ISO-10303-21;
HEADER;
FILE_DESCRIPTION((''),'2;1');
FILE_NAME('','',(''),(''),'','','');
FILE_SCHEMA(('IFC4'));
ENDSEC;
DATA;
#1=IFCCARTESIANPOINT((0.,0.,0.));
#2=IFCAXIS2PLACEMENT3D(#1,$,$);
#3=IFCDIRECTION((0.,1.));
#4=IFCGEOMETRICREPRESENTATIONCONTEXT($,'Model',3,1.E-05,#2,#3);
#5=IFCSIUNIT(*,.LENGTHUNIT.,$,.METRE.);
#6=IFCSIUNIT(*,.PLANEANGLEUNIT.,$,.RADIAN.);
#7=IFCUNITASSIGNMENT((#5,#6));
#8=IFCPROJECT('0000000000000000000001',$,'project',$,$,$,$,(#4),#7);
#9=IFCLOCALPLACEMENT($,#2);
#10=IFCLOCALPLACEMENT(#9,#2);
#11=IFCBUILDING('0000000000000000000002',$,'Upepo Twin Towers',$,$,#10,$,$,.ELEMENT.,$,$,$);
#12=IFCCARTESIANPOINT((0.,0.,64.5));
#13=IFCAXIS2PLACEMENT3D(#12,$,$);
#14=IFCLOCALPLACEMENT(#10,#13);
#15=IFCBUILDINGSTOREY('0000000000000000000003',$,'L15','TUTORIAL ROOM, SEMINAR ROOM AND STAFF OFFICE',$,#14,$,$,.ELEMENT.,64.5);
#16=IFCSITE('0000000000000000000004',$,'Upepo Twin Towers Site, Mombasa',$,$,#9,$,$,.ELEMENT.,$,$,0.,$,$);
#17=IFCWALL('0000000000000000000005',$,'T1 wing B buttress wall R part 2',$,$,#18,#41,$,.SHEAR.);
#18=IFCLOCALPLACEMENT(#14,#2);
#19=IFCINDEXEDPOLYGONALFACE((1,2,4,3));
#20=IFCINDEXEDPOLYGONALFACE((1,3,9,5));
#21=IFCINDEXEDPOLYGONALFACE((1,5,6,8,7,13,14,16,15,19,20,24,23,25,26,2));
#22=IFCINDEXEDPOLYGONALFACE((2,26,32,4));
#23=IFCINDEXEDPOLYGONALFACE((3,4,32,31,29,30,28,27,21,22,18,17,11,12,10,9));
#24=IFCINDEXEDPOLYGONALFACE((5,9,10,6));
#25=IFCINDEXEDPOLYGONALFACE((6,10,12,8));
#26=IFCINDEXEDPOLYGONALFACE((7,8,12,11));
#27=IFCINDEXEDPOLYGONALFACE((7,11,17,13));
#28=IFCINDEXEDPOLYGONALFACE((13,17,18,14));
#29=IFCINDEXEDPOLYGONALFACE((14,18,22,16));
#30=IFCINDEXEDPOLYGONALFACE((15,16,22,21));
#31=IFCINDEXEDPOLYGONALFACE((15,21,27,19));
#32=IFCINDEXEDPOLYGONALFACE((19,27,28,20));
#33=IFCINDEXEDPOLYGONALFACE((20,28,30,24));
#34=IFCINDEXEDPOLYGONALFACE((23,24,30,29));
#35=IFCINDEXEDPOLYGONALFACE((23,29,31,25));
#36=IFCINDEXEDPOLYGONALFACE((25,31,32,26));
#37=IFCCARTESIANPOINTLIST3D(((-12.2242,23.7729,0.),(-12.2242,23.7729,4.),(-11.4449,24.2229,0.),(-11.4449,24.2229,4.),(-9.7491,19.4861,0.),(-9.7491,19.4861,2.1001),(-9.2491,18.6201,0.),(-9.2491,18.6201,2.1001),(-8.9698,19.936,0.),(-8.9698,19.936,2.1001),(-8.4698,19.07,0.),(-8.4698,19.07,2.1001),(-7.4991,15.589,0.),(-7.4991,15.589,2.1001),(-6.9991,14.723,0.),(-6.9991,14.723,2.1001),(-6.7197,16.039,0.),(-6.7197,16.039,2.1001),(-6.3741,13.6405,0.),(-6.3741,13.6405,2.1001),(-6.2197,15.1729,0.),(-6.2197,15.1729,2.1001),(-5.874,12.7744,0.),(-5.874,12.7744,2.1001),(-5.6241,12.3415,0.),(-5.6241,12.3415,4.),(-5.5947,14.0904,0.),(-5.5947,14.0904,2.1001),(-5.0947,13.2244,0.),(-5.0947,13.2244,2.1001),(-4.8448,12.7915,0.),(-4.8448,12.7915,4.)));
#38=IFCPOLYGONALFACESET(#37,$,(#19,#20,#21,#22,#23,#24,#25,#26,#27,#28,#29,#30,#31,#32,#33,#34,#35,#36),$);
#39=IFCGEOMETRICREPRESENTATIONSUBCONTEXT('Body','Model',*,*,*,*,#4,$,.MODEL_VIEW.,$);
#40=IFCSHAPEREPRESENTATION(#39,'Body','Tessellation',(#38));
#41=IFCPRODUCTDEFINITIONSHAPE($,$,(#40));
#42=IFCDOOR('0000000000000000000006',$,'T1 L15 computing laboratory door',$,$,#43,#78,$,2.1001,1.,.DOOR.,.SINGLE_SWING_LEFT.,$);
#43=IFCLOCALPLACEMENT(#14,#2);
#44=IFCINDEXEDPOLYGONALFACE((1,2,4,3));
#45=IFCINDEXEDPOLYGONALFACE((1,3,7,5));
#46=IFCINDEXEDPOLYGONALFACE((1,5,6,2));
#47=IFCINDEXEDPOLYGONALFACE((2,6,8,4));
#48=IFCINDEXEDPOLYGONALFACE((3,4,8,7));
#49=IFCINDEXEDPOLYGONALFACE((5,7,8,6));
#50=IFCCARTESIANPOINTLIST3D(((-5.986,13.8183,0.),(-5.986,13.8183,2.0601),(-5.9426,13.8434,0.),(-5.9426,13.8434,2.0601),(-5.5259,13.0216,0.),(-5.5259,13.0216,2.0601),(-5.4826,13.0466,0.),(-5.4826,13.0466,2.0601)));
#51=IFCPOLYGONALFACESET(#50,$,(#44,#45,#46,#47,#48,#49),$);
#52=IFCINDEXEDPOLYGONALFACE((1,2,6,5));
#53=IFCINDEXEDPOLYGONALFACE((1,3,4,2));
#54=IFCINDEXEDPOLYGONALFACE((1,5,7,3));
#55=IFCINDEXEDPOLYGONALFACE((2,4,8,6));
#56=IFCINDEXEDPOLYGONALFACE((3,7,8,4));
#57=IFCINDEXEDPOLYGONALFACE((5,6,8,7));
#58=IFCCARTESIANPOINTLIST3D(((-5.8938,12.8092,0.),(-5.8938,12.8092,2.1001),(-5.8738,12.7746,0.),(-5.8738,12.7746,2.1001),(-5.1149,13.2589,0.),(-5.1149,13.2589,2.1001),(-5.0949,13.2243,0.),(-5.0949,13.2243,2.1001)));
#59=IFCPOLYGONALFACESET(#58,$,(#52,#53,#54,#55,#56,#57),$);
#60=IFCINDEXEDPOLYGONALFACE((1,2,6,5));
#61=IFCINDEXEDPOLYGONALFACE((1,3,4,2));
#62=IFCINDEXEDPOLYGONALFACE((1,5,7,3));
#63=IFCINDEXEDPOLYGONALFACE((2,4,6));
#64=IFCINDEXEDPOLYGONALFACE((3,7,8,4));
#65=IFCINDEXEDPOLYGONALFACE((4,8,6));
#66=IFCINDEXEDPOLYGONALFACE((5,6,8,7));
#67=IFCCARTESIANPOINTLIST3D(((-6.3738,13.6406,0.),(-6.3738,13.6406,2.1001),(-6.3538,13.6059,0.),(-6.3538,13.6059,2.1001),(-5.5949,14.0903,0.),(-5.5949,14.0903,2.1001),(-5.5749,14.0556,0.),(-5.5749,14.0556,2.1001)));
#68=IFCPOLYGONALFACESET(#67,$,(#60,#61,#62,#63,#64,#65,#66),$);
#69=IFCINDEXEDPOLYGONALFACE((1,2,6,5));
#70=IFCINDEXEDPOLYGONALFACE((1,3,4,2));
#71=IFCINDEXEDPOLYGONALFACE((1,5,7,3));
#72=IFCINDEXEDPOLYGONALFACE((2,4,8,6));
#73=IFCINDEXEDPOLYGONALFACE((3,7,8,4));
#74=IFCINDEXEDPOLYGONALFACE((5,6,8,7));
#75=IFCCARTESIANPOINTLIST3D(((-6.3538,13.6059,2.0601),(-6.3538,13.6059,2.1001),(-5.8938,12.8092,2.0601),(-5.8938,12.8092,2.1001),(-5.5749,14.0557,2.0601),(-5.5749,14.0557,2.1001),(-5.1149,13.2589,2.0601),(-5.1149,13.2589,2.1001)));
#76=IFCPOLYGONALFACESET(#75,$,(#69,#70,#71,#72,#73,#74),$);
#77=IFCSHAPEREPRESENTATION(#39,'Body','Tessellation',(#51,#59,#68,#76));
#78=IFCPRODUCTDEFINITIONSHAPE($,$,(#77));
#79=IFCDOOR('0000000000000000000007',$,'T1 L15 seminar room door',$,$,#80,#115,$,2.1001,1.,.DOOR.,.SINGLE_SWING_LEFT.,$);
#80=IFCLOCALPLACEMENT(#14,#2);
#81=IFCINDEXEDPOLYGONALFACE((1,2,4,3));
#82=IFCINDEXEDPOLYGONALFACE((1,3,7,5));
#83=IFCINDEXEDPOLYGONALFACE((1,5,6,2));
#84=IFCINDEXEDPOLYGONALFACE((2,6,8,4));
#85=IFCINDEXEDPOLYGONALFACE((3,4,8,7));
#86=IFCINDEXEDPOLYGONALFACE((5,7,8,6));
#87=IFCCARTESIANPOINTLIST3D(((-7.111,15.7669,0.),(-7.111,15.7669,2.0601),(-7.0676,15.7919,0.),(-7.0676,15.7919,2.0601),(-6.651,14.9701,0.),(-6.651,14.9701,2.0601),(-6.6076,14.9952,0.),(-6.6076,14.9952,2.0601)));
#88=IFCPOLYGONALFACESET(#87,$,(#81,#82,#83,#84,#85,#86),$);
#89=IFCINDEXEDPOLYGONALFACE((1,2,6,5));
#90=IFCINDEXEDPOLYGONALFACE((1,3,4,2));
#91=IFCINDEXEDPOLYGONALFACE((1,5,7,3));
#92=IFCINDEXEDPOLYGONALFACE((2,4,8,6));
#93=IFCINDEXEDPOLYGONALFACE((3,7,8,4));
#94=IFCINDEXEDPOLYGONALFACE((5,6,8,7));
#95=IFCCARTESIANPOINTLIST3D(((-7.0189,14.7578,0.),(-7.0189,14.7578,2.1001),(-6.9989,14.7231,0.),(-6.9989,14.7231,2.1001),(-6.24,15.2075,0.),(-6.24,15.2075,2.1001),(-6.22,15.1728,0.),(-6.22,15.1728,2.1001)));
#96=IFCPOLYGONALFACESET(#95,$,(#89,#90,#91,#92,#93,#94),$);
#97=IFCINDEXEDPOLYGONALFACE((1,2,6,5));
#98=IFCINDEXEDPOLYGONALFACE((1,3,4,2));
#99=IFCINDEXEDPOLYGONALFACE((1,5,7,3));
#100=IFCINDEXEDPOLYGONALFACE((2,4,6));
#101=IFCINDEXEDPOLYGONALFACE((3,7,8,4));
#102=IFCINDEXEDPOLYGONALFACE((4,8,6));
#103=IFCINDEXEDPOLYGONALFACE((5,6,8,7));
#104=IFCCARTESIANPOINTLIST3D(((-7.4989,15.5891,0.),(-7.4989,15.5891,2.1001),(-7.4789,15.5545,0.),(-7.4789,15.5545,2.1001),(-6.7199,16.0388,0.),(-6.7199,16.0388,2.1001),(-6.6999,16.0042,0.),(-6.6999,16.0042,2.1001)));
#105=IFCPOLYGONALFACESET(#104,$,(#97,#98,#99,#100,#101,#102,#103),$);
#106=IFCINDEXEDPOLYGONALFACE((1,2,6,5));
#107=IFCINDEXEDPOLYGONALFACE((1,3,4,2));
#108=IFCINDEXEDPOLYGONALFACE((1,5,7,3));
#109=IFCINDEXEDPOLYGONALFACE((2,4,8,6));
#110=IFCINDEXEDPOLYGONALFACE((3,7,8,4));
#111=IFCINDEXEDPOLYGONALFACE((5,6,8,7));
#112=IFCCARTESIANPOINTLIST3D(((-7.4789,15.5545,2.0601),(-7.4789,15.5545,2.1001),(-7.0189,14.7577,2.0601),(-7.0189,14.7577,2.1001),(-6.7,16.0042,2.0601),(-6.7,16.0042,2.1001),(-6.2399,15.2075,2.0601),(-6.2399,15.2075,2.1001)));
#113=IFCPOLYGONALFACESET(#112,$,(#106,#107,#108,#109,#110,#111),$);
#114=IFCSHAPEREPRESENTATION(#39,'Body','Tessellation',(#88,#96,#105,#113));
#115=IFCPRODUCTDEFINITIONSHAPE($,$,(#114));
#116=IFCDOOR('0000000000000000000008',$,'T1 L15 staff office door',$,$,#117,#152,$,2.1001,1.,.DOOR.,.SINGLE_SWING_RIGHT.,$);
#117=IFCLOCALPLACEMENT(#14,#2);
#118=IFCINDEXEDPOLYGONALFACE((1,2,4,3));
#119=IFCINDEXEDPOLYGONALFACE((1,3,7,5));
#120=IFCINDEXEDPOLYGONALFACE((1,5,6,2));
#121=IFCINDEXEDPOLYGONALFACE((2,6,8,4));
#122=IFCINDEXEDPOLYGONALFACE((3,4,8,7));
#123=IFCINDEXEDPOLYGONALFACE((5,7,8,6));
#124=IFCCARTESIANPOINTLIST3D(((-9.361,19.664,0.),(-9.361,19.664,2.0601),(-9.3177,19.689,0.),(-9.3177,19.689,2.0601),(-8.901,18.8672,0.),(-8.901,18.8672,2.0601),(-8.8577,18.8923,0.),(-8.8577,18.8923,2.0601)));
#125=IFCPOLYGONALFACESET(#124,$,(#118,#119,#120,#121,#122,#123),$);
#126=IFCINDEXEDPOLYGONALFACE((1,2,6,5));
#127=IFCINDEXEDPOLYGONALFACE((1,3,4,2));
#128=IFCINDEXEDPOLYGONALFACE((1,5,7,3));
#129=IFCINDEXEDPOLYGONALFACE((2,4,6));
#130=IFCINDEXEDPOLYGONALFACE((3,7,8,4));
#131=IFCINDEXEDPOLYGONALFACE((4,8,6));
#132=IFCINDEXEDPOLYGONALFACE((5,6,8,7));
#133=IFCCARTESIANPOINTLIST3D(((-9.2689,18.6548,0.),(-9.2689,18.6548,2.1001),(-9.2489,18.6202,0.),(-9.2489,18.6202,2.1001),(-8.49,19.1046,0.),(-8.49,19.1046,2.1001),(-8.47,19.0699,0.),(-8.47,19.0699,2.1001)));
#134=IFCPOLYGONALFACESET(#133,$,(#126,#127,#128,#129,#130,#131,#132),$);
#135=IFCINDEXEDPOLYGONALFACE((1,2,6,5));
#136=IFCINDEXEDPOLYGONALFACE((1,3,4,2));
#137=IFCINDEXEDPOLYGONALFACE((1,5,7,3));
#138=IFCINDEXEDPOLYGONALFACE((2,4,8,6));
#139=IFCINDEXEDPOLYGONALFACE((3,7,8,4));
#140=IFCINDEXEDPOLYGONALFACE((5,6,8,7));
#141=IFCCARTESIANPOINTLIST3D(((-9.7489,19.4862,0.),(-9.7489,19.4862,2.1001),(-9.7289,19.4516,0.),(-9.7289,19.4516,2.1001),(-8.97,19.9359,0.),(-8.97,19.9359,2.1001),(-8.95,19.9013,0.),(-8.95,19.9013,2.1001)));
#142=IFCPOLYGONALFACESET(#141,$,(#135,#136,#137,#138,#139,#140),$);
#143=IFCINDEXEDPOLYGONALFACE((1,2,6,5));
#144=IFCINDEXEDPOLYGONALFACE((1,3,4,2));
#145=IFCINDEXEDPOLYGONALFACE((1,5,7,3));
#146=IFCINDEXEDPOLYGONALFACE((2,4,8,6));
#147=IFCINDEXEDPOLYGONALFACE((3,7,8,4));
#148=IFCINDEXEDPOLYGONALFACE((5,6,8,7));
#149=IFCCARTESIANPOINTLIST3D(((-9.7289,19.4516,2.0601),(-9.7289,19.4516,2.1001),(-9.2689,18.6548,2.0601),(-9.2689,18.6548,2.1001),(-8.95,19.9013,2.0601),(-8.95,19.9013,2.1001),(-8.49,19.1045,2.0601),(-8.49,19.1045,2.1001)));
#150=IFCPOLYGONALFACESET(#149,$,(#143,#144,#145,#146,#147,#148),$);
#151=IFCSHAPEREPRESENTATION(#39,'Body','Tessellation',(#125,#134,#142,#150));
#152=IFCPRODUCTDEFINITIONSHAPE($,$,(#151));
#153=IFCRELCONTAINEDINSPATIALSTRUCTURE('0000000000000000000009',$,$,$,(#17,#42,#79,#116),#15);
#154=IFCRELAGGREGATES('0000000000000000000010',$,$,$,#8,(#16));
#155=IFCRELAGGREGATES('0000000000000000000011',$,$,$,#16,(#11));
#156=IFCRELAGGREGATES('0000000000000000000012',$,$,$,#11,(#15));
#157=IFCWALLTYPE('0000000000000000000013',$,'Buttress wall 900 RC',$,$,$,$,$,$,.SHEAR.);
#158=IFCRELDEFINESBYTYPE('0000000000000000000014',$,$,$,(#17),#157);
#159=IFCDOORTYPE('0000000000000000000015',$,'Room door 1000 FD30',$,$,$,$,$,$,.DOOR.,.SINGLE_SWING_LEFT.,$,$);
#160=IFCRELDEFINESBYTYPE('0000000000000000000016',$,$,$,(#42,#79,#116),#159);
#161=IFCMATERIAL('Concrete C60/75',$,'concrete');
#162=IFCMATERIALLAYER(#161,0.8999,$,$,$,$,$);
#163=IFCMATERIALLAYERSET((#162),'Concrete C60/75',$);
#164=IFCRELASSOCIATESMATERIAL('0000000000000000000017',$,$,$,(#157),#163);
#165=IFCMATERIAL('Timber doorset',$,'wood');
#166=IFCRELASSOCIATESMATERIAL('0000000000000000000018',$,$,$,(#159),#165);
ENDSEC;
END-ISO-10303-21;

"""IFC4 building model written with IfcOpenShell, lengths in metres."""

from ifc_helpers import new_model, si_unit, direction, frame, frame_2d, origin, place, context, subcontext, project, spatial, rectangle, extrude, material, layer, layer_set, type_object, element, fill, save


model = new_model("IFC4")

# Units and contexts
model_context = context("Model", 3, precision=1e-05, world=origin(), true_north=direction((0.0, 1.0)))
body_context = subcontext(model_context, "Body", "Model", "MODEL_VIEW")
ifc_project = project(units=[si_unit("LENGTHUNIT", "METRE"), si_unit("PLANEANGLEUNIT", "RADIAN")], contexts=[model_context])

# Site, building, storey
site_placement = place(None, origin())
site = spatial("IfcSite", under=ifc_project, at=site_placement, Name="Upepo Twin Towers Site, Mombasa", CompositionType="ELEMENT", RefElevation=0.0)
building_placement = place(site_placement, origin())
building = spatial("IfcBuilding", under=site, at=building_placement, Name="Upepo Twin Towers", CompositionType="ELEMENT")
storey_placement = place(building_placement, frame((0.0, 0.0, 64.5)))
storey = spatial("IfcBuildingStorey", under=building, at=storey_placement, Name="L15", Description="TUTORIAL ROOM, SEMINAR ROOM AND STAFF OFFICE", CompositionType="ELEMENT", Elevation=64.5)

# Wall, openings, doors
ifc_material_1 = material(Name="Concrete C60/75", Category="concrete")
ifc_layer_1 = layer(ifc_material_1, 0.8999)
ifc_layer_set_1 = layer_set([ifc_layer_1], Name="Concrete C60/75")
wall_type_1 = type_object("IfcWallType", Name="Buttress wall 900 RC", PredefinedType="SHEAR", material=ifc_layer_set_1)
ifc_material_2 = material(Name="Timber doorset", Category="wood")
door_type_1 = type_object("IfcDoorType", Name="Room door 1000 FD30", OperationType="SINGLE_SWING_LEFT", PredefinedType="DOOR", material=ifc_material_2)
wall_1_placement = place(storey_placement, frame((-5.2344, 12.5664, 0.0), z_axis=(0.0, 0.0, 1.0), x_axis=(-0.50001, 0.86602, 0.0)))
wall_1 = element("IfcWall", 1, at=wall_1_placement, inside=storey, type_object=wall_type_1, Name="T1 wing B buttress wall R part 2", PredefinedType="SHEAR", context=body_context, shape_type="SweptSolid", body=[
    extrude(rectangle(XDim=13.2, YDim=0.8999, at=frame_2d((6.6001, 0.0))), origin(), (0.0, 0.0, 1.0), 4.0),
])
opening_1_placement = place(wall_1_placement, frame((0.5, 0.0, 0.0)))
opening_1 = element("IfcOpeningElement", 2, at=opening_1_placement, cuts=wall_1, PredefinedType="OPENING", context=body_context, shape_type="SweptSolid", body=[
    extrude(rectangle(XDim=1.0, YDim=2.1001, at=frame_2d((0.5, 1.05))), frame((0.0, 0.46, 0.0), z_axis=(0.0, -1.0, 0.0), x_axis=(1.0, 0.0, 0.0)), (0.0, 0.0, 1.0), 0.9199),
])
opening_2_placement = place(wall_1_placement, frame((2.75, 0.0, 0.0)))
opening_2 = element("IfcOpeningElement", 3, at=opening_2_placement, cuts=wall_1, PredefinedType="OPENING", context=body_context, shape_type="SweptSolid", body=[
    extrude(rectangle(XDim=1.0, YDim=2.1001, at=frame_2d((0.5, 1.05))), frame((0.0, 0.46, 0.0), z_axis=(0.0, -1.0, 0.0), x_axis=(1.0, 0.0, 0.0)), (0.0, 0.0, 1.0), 0.9199),
])
opening_3_placement = place(wall_1_placement, frame((7.25, 0.0, 0.0)))
opening_3 = element("IfcOpeningElement", 4, at=opening_3_placement, cuts=wall_1, PredefinedType="OPENING", context=body_context, shape_type="SweptSolid", body=[
    extrude(rectangle(XDim=1.0, YDim=2.1001, at=frame_2d((0.5, 1.05))), frame((0.0, 0.46, 0.0), z_axis=(0.0, -1.0, 0.0), x_axis=(1.0, 0.0, 0.0)), (0.0, 0.0, 1.0), 0.9199),
])
door_1_placement = place(opening_1_placement, origin())
door_1 = element("IfcDoor", 5, at=door_1_placement, inside=storey, type_object=door_type_1, Name="T1 L15 computing laboratory door", OperationType="SINGLE_SWING_LEFT", OverallHeight=2.1001, OverallWidth=1.0, PredefinedType="DOOR", context=body_context, shape_type="SweptSolid", body=[
    extrude(rectangle(XDim=0.92, YDim=2.0601, at=frame_2d((0.5, 1.03))), frame((0.0, 0.0249, 0.0), z_axis=(0.0, -1.0, 0.0), x_axis=(1.0, 0.0, 0.0)), (0.0, 0.0, 1.0), 0.05),
    extrude(rectangle(XDim=0.04, YDim=2.1001, at=frame_2d((0.02, 1.05))), frame((0.0, 0.4497, 0.0), z_axis=(0.0, -1.0, 0.0), x_axis=(1.0, 0.0, 0.0)), (0.0, 0.0, 1.0), 0.8994),
    extrude(rectangle(XDim=0.04, YDim=2.1001, at=frame_2d((0.98, 1.05))), frame((0.0, 0.4497, 0.0), z_axis=(0.0, -1.0, 0.0), x_axis=(1.0, 0.0, 0.0)), (0.0, 0.0, 1.0), 0.8994),
    extrude(rectangle(XDim=0.92, YDim=0.04, at=frame_2d((0.5, 2.0801))), frame((0.0, 0.4497, 0.0), z_axis=(0.0, -1.0, 0.0), x_axis=(1.0, 0.0, 0.0)), (0.0, 0.0, 1.0), 0.8994),
])
fill(opening_1, door_1)
door_2_placement = place(opening_2_placement, origin())
door_2 = element("IfcDoor", 6, at=door_2_placement, inside=storey, type_object=door_type_1, Name="T1 L15 seminar room door", OperationType="SINGLE_SWING_LEFT", OverallHeight=2.1001, OverallWidth=1.0, PredefinedType="DOOR", context=body_context, shape_type="SweptSolid", body=[
    extrude(rectangle(XDim=0.92, YDim=2.0601, at=frame_2d((0.5, 1.03))), frame((0.0, 0.0249, 0.0), z_axis=(0.0, -1.0, 0.0), x_axis=(1.0, 0.0, 0.0)), (0.0, 0.0, 1.0), 0.05),
    extrude(rectangle(XDim=0.04, YDim=2.1001, at=frame_2d((0.02, 1.05))), frame((0.0, 0.4497, 0.0), z_axis=(0.0, -1.0, 0.0), x_axis=(1.0, 0.0, 0.0)), (0.0, 0.0, 1.0), 0.8994),
    extrude(rectangle(XDim=0.04, YDim=2.1001, at=frame_2d((0.98, 1.05))), frame((0.0, 0.4497, 0.0), z_axis=(0.0, -1.0, 0.0), x_axis=(1.0, 0.0, 0.0)), (0.0, 0.0, 1.0), 0.8994),
    extrude(rectangle(XDim=0.92, YDim=0.04, at=frame_2d((0.5, 2.0801))), frame((0.0, 0.4497, 0.0), z_axis=(0.0, -1.0, 0.0), x_axis=(1.0, 0.0, 0.0)), (0.0, 0.0, 1.0), 0.8994),
])
fill(opening_2, door_2)
door_3_placement = place(opening_3_placement, origin())
door_3 = element("IfcDoor", 7, at=door_3_placement, inside=storey, type_object=door_type_1, Name="T1 L15 staff office door", OperationType="SINGLE_SWING_RIGHT", OverallHeight=2.1001, OverallWidth=1.0, PredefinedType="DOOR", context=body_context, shape_type="SweptSolid", body=[
    extrude(rectangle(XDim=0.92, YDim=2.0601, at=frame_2d((0.5, 1.03))), frame((0.0, 0.0249, 0.0), z_axis=(0.0, -1.0, 0.0), x_axis=(1.0, 0.0, 0.0)), (0.0, 0.0, 1.0), 0.05),
    extrude(rectangle(XDim=0.04, YDim=2.1001, at=frame_2d((0.02, 1.05))), frame((0.0, 0.4497, 0.0), z_axis=(0.0, -1.0, 0.0), x_axis=(1.0, 0.0, 0.0)), (0.0, 0.0, 1.0), 0.8994),
    extrude(rectangle(XDim=0.04, YDim=2.1001, at=frame_2d((0.98, 1.05))), frame((0.0, 0.4497, 0.0), z_axis=(0.0, -1.0, 0.0), x_axis=(1.0, 0.0, 0.0)), (0.0, 0.0, 1.0), 0.8994),
    extrude(rectangle(XDim=0.92, YDim=0.04, at=frame_2d((0.5, 2.0801))), frame((0.0, 0.4497, 0.0), z_axis=(0.0, -1.0, 0.0), x_axis=(1.0, 0.0, 0.0)), (0.0, 0.0, 1.0), 0.8994),
])
fill(opening_3, door_3)

save(model, "model.ifc")
